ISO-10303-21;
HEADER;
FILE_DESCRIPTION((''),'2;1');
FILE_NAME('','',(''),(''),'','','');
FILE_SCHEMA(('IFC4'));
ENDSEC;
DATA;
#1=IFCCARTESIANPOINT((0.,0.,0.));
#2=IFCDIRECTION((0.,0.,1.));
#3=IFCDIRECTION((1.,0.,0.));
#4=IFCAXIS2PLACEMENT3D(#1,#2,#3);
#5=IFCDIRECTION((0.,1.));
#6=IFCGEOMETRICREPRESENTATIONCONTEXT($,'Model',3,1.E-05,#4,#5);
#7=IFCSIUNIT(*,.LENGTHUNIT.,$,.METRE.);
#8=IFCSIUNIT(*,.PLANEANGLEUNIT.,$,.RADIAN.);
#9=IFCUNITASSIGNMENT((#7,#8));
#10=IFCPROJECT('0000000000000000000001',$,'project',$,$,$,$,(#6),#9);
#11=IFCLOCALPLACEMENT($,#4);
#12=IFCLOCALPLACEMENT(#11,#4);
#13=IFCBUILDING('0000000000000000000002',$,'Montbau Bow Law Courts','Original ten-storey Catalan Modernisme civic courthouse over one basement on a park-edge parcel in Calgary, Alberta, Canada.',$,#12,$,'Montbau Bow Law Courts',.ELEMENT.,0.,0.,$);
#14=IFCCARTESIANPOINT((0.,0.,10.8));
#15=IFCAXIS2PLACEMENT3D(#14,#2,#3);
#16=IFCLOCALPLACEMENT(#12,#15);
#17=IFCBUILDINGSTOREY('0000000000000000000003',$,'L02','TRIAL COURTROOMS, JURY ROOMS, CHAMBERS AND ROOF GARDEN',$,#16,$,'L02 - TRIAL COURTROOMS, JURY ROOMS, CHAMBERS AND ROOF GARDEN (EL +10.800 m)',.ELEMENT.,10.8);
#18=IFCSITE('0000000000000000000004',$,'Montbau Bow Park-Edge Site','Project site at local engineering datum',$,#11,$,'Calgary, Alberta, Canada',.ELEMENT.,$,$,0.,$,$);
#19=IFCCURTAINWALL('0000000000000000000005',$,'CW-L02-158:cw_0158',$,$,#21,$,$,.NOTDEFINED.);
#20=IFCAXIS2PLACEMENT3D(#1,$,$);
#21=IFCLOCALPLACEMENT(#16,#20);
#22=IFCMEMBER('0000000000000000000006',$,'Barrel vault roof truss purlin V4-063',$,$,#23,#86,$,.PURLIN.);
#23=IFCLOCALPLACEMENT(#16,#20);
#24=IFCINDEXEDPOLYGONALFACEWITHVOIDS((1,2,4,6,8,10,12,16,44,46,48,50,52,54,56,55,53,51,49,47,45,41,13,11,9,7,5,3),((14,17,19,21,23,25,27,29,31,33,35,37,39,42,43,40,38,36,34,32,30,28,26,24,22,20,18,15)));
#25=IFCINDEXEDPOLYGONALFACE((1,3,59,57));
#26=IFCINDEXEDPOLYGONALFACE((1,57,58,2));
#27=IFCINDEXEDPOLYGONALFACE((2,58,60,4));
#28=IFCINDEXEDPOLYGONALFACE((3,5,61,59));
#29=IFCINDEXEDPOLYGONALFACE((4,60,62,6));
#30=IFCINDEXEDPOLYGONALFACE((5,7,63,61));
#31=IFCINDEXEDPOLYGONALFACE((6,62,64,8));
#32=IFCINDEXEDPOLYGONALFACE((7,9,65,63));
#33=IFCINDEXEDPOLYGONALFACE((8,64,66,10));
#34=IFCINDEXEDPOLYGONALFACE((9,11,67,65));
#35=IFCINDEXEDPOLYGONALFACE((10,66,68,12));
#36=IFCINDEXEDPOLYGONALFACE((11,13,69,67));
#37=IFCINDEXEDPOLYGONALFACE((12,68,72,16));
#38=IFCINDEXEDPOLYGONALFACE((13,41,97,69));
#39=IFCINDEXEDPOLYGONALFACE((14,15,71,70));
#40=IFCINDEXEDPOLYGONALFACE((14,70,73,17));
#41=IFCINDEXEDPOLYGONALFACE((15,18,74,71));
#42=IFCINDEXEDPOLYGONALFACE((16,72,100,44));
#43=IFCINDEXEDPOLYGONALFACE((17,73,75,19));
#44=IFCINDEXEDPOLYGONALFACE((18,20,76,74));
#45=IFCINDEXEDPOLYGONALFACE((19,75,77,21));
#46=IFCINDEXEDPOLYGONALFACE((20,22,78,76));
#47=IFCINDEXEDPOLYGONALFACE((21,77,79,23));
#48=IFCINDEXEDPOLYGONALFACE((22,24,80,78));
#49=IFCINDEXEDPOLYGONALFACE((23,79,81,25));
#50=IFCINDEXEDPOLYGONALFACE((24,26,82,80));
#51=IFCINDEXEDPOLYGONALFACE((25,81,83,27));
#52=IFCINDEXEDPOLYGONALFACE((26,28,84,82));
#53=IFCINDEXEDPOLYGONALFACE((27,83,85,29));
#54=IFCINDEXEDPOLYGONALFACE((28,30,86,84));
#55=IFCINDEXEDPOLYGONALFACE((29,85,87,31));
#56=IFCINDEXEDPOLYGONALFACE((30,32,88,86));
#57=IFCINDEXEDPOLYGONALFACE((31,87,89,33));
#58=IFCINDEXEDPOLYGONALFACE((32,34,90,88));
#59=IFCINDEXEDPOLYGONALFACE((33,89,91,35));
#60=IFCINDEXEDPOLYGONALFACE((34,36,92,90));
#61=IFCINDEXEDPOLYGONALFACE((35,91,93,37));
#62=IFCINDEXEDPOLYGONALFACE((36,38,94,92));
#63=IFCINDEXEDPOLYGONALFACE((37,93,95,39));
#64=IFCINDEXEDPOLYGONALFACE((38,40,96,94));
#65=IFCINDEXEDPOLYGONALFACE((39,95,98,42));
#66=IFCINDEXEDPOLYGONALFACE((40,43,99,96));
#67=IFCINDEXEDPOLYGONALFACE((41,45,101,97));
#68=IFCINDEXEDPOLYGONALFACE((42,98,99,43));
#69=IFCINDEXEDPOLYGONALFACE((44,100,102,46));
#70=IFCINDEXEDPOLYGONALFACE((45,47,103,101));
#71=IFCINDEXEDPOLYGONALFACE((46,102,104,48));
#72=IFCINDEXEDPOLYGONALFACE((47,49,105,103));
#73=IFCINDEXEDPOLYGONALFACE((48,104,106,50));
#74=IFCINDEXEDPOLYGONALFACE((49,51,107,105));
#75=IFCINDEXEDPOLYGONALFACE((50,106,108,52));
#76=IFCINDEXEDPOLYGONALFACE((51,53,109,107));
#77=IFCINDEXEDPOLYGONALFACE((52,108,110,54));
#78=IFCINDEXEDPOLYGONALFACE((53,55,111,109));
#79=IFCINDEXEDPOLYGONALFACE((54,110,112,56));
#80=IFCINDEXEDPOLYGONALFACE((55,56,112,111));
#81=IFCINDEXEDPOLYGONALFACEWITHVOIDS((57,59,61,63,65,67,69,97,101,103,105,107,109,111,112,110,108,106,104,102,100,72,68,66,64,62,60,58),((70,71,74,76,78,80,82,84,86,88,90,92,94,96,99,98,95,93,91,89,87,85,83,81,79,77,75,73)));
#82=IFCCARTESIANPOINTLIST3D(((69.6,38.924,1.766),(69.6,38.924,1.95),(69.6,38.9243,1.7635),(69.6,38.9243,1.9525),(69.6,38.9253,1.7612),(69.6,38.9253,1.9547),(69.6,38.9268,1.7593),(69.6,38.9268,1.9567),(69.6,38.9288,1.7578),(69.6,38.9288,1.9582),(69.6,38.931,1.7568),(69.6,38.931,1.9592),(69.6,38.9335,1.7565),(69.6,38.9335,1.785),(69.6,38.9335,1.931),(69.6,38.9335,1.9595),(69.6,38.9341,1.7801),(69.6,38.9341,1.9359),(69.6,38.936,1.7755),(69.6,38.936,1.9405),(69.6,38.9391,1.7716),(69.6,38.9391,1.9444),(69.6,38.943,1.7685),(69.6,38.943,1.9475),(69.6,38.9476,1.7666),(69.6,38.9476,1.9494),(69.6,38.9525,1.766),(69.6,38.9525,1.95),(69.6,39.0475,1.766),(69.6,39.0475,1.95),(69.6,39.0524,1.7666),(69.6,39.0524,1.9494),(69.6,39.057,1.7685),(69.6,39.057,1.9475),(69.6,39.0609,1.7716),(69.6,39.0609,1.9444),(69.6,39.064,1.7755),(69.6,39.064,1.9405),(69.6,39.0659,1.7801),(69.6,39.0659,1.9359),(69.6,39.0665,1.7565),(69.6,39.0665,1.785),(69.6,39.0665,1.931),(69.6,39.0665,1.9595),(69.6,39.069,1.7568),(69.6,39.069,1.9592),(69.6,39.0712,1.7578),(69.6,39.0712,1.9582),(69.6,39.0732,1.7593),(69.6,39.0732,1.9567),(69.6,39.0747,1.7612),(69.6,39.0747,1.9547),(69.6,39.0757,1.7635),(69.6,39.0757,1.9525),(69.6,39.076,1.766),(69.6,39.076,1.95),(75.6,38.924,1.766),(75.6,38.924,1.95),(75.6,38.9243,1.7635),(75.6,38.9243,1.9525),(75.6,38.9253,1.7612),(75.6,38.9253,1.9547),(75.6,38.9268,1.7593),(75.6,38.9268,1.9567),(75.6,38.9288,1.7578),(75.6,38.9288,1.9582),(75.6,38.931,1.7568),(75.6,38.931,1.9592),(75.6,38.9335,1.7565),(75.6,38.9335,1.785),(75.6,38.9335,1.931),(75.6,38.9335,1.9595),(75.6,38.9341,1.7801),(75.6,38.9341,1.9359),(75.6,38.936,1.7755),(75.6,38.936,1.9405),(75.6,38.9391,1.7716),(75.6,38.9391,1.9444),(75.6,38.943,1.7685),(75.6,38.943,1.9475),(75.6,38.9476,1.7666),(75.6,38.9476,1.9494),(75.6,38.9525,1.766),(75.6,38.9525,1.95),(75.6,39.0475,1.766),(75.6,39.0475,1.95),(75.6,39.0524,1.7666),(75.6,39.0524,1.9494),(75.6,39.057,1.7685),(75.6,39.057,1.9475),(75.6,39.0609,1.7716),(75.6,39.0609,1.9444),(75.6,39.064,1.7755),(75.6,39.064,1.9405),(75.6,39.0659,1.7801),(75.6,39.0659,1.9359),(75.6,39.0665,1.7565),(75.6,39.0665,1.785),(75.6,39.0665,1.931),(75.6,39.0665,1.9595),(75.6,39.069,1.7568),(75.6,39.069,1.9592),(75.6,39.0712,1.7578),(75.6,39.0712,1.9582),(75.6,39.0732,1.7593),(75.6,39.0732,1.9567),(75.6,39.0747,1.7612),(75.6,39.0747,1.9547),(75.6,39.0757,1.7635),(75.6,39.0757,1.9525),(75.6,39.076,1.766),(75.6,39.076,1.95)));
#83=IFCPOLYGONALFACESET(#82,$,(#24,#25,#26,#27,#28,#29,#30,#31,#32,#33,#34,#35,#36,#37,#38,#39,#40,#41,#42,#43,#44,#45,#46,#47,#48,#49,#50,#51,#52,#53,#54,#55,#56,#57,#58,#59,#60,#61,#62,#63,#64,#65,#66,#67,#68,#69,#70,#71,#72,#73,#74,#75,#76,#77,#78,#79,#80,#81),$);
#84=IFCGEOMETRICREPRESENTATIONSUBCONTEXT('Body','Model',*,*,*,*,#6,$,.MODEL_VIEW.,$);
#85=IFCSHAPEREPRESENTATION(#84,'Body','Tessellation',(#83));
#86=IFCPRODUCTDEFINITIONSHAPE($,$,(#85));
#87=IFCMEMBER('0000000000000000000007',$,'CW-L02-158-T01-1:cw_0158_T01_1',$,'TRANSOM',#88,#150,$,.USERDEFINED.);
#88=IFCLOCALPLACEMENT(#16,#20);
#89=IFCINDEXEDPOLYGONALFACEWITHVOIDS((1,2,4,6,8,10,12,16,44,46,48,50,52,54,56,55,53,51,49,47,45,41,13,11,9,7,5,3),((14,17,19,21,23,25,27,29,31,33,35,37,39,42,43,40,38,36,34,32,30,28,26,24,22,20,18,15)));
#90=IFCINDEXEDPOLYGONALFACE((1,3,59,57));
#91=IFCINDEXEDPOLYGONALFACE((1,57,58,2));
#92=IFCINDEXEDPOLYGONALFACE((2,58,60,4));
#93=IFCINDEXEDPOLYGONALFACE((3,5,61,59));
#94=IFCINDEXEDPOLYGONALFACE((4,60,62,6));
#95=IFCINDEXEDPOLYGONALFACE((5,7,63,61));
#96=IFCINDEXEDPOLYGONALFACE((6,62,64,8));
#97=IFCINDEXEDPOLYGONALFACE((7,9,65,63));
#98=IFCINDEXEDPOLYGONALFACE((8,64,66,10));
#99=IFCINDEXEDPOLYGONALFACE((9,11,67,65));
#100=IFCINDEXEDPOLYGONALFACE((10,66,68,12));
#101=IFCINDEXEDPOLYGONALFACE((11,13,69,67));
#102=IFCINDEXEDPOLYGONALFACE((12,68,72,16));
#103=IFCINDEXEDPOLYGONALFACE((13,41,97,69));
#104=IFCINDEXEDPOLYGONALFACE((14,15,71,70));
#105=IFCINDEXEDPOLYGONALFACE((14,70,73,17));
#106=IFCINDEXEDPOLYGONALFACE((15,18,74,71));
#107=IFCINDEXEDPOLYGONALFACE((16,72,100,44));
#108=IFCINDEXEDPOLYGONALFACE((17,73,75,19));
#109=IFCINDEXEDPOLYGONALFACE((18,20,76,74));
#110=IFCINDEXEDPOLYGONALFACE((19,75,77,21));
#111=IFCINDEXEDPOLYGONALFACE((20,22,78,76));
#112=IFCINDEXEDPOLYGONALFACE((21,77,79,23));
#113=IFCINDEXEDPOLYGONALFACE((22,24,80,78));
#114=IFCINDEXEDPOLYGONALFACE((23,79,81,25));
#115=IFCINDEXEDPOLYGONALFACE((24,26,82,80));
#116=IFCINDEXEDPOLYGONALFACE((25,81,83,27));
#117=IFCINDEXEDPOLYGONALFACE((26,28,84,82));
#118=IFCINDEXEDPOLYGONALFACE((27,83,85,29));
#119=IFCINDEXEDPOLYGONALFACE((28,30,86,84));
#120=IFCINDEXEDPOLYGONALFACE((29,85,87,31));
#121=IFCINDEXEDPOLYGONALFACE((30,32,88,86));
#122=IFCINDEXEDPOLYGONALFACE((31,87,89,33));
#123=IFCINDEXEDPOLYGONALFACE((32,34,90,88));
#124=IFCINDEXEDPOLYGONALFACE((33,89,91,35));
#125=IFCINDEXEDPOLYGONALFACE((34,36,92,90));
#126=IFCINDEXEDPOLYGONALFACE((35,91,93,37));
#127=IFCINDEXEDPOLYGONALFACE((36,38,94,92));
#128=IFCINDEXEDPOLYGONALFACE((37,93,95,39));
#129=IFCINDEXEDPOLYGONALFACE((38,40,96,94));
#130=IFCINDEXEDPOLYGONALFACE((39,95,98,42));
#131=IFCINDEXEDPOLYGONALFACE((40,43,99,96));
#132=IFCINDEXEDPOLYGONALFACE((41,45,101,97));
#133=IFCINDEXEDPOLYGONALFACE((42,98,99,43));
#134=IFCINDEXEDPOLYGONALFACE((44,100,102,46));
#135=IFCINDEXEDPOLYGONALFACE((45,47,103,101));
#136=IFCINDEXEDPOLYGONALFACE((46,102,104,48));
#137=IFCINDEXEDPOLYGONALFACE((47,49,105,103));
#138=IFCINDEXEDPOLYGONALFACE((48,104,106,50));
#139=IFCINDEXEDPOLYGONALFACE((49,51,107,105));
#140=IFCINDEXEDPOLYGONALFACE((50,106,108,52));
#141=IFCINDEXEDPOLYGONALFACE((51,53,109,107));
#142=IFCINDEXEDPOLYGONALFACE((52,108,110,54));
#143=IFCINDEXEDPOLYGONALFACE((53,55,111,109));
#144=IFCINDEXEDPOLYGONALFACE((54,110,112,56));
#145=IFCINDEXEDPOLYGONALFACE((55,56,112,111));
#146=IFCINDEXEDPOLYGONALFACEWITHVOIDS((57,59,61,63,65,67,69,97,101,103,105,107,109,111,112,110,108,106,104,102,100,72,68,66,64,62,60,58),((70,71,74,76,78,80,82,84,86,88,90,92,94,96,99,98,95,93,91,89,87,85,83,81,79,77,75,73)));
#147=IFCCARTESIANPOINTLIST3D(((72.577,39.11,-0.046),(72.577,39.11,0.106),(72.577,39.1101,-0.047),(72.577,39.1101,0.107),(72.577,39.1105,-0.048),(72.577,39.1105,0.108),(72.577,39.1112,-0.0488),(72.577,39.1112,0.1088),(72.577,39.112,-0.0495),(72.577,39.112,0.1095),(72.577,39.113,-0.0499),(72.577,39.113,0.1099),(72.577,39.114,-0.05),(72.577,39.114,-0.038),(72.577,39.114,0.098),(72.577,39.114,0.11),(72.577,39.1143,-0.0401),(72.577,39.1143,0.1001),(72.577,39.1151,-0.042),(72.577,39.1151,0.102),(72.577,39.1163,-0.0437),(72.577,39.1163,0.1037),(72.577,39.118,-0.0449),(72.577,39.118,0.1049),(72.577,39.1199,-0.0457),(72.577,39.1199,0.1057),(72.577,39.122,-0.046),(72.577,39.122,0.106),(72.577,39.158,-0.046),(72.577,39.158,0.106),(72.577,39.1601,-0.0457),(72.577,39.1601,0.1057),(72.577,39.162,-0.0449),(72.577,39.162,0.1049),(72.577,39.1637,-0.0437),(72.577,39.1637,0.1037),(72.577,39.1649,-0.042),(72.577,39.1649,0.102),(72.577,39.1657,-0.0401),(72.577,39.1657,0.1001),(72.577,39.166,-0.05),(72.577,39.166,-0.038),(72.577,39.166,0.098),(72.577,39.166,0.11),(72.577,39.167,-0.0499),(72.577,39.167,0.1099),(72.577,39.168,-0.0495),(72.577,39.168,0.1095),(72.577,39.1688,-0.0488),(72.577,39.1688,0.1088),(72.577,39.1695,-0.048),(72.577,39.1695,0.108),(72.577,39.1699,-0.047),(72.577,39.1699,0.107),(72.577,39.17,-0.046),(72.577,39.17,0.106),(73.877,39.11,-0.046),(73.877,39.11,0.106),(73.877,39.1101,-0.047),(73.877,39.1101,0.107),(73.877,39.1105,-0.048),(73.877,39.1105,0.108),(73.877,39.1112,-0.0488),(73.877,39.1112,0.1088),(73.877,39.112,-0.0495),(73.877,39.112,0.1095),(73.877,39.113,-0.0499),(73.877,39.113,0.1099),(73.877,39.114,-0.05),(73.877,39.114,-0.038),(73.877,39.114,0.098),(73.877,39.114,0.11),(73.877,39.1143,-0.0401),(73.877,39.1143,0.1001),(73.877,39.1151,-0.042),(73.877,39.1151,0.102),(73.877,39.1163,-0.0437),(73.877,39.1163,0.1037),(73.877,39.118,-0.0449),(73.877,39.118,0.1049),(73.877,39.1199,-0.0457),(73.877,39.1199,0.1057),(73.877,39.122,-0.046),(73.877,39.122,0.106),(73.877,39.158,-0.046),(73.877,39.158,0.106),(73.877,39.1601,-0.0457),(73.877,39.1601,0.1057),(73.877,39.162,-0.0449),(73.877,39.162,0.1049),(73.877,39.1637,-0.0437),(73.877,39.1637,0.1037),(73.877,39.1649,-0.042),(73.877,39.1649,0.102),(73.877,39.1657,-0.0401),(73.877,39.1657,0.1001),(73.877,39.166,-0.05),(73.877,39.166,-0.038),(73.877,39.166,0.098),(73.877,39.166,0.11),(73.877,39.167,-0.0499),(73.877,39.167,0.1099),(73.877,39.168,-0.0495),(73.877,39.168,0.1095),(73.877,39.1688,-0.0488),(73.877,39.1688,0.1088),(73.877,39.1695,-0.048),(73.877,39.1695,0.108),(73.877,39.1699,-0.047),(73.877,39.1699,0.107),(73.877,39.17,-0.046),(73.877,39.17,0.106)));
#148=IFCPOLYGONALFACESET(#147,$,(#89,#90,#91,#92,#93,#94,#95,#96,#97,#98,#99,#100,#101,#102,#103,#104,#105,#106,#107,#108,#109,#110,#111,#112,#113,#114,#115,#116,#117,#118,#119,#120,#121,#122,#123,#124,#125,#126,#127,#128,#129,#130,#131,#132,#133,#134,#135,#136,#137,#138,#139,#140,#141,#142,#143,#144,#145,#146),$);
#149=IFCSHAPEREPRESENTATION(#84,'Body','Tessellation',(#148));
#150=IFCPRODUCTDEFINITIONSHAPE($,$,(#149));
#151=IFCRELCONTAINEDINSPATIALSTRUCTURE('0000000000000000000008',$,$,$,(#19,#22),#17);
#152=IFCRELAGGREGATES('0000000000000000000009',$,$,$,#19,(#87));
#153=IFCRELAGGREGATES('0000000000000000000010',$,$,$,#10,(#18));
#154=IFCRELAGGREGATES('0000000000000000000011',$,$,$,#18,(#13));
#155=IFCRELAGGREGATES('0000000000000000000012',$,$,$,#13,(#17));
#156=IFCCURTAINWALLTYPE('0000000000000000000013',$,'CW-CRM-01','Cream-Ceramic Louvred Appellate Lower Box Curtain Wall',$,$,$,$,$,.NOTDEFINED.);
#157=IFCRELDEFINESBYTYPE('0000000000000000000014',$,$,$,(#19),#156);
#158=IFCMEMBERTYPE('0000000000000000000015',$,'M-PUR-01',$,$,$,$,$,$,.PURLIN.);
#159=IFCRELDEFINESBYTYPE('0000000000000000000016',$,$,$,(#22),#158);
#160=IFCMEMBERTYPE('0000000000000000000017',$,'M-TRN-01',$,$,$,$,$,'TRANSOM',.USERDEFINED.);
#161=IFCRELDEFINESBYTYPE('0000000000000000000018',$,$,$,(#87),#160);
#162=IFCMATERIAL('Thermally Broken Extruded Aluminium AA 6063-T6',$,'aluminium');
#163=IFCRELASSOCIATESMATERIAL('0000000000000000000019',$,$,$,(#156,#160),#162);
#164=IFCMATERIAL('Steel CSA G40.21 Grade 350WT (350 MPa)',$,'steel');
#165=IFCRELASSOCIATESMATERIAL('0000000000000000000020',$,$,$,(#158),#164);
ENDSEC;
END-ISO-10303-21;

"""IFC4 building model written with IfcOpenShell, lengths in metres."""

from ifc_helpers import new_model, si_unit, direction, frame, origin_with_axes, origin_2d_with_axis, place, context, subcontext, project, spatial, hollow_rectangle, extrude, material, material_profile, profile_set, type_object, element, aggregate, save


model = new_model("IFC4")

# Units and contexts
model_context = context("Model", 3, precision=1e-05, world=origin_with_axes(), true_north=direction((0.0, 1.0)))
body_context = subcontext(model_context, "Body", "Model", "MODEL_VIEW")
ifc_project = project(units=[si_unit("LENGTHUNIT", "METRE"), si_unit("PLANEANGLEUNIT", "RADIAN")], contexts=[model_context])

# Site, building, storey
site_placement = place(None, origin_with_axes())
site = spatial("IfcSite", under=ifc_project, at=site_placement, Name="Montbau Bow Park-Edge Site", Description="Project site at local engineering datum", LongName="Calgary, Alberta, Canada", CompositionType="ELEMENT", RefElevation=0.0)
building_placement = place(site_placement, origin_with_axes())
building = spatial("IfcBuilding", under=site, at=building_placement, Name="Montbau Bow Law Courts", Description="Original ten-storey Catalan Modernisme civic courthouse over one basement on a park-edge parcel in Calgary, Alberta, Canada.", LongName="Montbau Bow Law Courts", CompositionType="ELEMENT", ElevationOfRefHeight=0.0, ElevationOfTerrain=0.0)
storey_placement = place(building_placement, frame((0.0, 0.0, 10.8), z_axis=(0.0, 0.0, 1.0), x_axis=(1.0, 0.0, 0.0)))
storey = spatial("IfcBuildingStorey", under=building, at=storey_placement, Name="L02", Description="TRIAL COURTROOMS, JURY ROOMS, CHAMBERS AND ROOF GARDEN", LongName="L02 - TRIAL COURTROOMS, JURY ROOMS, CHAMBERS AND ROOF GARDEN (EL +10.800 m)", CompositionType="ELEMENT", Elevation=10.8)

# Shared definitions
ifc_material_1 = material(Name="Steel CSA G40.21 Grade 350WT (350 MPa)", Category="steel")

# Curtain wall
ifc_material_2 = material(Name="Thermally Broken Extruded Aluminium AA 6063-T6", Category="aluminium")
curtain_wall_type = type_object("IfcCurtainWallType", Name="CW-CRM-01", Description="Cream-Ceramic Louvred Appellate Lower Box Curtain Wall", PredefinedType="NOTDEFINED", material=ifc_material_2)
curtain_wall_placement = place(None, frame((72.515, 39.14, 10.8), z_axis=(0.0, 0.0, 1.0), x_axis=(1.0, 0.0, 0.0)))
curtain_wall = element("IfcCurtainWall", 1, at=curtain_wall_placement, inside=storey, type_object=curtain_wall_type, Name="CW-L02-158:cw_0158", PredefinedType="NOTDEFINED")

# Members
ifc_material_profile_1 = material_profile(ifc_material_1, hollow_rectangle(XDim=0.152, YDim=0.203, WallThickness=0.0095, InnerFilletRadius=0.019, OuterFilletRadius=0.0095, at=origin_2d_with_axis()), Name="HSS203X152X9.5", Category="Main", Priority=0)
ifc_profile_set_1 = profile_set([ifc_material_profile_1], Name="Steel CSA G40.21 Grade 350WT (350 MPa)")
member_type_1 = type_object("IfcMemberType", Name="M-PUR-01", PredefinedType="PURLIN", material=ifc_profile_set_1)
member_1_placement = place(None, frame((69.6, 39.0, 12.658), z_axis=(1.0, 0.0, 0.0), x_axis=(0.0, 1.0, 0.0)))
element("IfcMember", 2, at=member_1_placement, inside=storey, type_object=member_type_1, Name="Barrel vault roof truss purlin V4-063", PredefinedType="PURLIN", context=body_context, shape_type="SweptSolid", body=[
    extrude(hollow_rectangle(XDim=0.152, YDim=0.203, WallThickness=0.0095, InnerFilletRadius=0.019, OuterFilletRadius=0.0095, at=origin_2d_with_axis()), origin_with_axes(), (0.0, 0.0, 1.0), 6.0),
])
ifc_material_profile_2 = material_profile(ifc_material_2, hollow_rectangle(XDim=0.06, YDim=0.16, WallThickness=0.004, InnerFilletRadius=0.008, OuterFilletRadius=0.004, at=origin_2d_with_axis()), Name="CWT-160X60", Category="Main", Priority=0)
ifc_profile_set_2 = profile_set([ifc_material_profile_2], Name="Thermally Broken Extruded Aluminium AA 6063-T6")
member_type_2 = type_object("IfcMemberType", Name="M-TRN-01", ElementType="TRANSOM", PredefinedType="USERDEFINED", material=ifc_profile_set_2)
member_2_placement = place(None, frame((72.577, 39.14, 10.83), z_axis=(1.0, 0.0, 0.0), x_axis=(0.0, 1.0, 0.0)))
member_2 = element("IfcMember", 3, at=member_2_placement, type_object=member_type_2, Name="CW-L02-158-T01-1:cw_0158_T01_1", ObjectType="TRANSOM", PredefinedType="USERDEFINED", context=body_context, shape_type="SweptSolid", body=[
    extrude(hollow_rectangle(XDim=0.06, YDim=0.16, WallThickness=0.004, InnerFilletRadius=0.008, OuterFilletRadius=0.004, at=origin_2d_with_axis()), origin_with_axes(), (0.0, 0.0, 1.0), 1.3),
])

aggregate(curtain_wall, [member_2])

save(model, "model.ifc")
